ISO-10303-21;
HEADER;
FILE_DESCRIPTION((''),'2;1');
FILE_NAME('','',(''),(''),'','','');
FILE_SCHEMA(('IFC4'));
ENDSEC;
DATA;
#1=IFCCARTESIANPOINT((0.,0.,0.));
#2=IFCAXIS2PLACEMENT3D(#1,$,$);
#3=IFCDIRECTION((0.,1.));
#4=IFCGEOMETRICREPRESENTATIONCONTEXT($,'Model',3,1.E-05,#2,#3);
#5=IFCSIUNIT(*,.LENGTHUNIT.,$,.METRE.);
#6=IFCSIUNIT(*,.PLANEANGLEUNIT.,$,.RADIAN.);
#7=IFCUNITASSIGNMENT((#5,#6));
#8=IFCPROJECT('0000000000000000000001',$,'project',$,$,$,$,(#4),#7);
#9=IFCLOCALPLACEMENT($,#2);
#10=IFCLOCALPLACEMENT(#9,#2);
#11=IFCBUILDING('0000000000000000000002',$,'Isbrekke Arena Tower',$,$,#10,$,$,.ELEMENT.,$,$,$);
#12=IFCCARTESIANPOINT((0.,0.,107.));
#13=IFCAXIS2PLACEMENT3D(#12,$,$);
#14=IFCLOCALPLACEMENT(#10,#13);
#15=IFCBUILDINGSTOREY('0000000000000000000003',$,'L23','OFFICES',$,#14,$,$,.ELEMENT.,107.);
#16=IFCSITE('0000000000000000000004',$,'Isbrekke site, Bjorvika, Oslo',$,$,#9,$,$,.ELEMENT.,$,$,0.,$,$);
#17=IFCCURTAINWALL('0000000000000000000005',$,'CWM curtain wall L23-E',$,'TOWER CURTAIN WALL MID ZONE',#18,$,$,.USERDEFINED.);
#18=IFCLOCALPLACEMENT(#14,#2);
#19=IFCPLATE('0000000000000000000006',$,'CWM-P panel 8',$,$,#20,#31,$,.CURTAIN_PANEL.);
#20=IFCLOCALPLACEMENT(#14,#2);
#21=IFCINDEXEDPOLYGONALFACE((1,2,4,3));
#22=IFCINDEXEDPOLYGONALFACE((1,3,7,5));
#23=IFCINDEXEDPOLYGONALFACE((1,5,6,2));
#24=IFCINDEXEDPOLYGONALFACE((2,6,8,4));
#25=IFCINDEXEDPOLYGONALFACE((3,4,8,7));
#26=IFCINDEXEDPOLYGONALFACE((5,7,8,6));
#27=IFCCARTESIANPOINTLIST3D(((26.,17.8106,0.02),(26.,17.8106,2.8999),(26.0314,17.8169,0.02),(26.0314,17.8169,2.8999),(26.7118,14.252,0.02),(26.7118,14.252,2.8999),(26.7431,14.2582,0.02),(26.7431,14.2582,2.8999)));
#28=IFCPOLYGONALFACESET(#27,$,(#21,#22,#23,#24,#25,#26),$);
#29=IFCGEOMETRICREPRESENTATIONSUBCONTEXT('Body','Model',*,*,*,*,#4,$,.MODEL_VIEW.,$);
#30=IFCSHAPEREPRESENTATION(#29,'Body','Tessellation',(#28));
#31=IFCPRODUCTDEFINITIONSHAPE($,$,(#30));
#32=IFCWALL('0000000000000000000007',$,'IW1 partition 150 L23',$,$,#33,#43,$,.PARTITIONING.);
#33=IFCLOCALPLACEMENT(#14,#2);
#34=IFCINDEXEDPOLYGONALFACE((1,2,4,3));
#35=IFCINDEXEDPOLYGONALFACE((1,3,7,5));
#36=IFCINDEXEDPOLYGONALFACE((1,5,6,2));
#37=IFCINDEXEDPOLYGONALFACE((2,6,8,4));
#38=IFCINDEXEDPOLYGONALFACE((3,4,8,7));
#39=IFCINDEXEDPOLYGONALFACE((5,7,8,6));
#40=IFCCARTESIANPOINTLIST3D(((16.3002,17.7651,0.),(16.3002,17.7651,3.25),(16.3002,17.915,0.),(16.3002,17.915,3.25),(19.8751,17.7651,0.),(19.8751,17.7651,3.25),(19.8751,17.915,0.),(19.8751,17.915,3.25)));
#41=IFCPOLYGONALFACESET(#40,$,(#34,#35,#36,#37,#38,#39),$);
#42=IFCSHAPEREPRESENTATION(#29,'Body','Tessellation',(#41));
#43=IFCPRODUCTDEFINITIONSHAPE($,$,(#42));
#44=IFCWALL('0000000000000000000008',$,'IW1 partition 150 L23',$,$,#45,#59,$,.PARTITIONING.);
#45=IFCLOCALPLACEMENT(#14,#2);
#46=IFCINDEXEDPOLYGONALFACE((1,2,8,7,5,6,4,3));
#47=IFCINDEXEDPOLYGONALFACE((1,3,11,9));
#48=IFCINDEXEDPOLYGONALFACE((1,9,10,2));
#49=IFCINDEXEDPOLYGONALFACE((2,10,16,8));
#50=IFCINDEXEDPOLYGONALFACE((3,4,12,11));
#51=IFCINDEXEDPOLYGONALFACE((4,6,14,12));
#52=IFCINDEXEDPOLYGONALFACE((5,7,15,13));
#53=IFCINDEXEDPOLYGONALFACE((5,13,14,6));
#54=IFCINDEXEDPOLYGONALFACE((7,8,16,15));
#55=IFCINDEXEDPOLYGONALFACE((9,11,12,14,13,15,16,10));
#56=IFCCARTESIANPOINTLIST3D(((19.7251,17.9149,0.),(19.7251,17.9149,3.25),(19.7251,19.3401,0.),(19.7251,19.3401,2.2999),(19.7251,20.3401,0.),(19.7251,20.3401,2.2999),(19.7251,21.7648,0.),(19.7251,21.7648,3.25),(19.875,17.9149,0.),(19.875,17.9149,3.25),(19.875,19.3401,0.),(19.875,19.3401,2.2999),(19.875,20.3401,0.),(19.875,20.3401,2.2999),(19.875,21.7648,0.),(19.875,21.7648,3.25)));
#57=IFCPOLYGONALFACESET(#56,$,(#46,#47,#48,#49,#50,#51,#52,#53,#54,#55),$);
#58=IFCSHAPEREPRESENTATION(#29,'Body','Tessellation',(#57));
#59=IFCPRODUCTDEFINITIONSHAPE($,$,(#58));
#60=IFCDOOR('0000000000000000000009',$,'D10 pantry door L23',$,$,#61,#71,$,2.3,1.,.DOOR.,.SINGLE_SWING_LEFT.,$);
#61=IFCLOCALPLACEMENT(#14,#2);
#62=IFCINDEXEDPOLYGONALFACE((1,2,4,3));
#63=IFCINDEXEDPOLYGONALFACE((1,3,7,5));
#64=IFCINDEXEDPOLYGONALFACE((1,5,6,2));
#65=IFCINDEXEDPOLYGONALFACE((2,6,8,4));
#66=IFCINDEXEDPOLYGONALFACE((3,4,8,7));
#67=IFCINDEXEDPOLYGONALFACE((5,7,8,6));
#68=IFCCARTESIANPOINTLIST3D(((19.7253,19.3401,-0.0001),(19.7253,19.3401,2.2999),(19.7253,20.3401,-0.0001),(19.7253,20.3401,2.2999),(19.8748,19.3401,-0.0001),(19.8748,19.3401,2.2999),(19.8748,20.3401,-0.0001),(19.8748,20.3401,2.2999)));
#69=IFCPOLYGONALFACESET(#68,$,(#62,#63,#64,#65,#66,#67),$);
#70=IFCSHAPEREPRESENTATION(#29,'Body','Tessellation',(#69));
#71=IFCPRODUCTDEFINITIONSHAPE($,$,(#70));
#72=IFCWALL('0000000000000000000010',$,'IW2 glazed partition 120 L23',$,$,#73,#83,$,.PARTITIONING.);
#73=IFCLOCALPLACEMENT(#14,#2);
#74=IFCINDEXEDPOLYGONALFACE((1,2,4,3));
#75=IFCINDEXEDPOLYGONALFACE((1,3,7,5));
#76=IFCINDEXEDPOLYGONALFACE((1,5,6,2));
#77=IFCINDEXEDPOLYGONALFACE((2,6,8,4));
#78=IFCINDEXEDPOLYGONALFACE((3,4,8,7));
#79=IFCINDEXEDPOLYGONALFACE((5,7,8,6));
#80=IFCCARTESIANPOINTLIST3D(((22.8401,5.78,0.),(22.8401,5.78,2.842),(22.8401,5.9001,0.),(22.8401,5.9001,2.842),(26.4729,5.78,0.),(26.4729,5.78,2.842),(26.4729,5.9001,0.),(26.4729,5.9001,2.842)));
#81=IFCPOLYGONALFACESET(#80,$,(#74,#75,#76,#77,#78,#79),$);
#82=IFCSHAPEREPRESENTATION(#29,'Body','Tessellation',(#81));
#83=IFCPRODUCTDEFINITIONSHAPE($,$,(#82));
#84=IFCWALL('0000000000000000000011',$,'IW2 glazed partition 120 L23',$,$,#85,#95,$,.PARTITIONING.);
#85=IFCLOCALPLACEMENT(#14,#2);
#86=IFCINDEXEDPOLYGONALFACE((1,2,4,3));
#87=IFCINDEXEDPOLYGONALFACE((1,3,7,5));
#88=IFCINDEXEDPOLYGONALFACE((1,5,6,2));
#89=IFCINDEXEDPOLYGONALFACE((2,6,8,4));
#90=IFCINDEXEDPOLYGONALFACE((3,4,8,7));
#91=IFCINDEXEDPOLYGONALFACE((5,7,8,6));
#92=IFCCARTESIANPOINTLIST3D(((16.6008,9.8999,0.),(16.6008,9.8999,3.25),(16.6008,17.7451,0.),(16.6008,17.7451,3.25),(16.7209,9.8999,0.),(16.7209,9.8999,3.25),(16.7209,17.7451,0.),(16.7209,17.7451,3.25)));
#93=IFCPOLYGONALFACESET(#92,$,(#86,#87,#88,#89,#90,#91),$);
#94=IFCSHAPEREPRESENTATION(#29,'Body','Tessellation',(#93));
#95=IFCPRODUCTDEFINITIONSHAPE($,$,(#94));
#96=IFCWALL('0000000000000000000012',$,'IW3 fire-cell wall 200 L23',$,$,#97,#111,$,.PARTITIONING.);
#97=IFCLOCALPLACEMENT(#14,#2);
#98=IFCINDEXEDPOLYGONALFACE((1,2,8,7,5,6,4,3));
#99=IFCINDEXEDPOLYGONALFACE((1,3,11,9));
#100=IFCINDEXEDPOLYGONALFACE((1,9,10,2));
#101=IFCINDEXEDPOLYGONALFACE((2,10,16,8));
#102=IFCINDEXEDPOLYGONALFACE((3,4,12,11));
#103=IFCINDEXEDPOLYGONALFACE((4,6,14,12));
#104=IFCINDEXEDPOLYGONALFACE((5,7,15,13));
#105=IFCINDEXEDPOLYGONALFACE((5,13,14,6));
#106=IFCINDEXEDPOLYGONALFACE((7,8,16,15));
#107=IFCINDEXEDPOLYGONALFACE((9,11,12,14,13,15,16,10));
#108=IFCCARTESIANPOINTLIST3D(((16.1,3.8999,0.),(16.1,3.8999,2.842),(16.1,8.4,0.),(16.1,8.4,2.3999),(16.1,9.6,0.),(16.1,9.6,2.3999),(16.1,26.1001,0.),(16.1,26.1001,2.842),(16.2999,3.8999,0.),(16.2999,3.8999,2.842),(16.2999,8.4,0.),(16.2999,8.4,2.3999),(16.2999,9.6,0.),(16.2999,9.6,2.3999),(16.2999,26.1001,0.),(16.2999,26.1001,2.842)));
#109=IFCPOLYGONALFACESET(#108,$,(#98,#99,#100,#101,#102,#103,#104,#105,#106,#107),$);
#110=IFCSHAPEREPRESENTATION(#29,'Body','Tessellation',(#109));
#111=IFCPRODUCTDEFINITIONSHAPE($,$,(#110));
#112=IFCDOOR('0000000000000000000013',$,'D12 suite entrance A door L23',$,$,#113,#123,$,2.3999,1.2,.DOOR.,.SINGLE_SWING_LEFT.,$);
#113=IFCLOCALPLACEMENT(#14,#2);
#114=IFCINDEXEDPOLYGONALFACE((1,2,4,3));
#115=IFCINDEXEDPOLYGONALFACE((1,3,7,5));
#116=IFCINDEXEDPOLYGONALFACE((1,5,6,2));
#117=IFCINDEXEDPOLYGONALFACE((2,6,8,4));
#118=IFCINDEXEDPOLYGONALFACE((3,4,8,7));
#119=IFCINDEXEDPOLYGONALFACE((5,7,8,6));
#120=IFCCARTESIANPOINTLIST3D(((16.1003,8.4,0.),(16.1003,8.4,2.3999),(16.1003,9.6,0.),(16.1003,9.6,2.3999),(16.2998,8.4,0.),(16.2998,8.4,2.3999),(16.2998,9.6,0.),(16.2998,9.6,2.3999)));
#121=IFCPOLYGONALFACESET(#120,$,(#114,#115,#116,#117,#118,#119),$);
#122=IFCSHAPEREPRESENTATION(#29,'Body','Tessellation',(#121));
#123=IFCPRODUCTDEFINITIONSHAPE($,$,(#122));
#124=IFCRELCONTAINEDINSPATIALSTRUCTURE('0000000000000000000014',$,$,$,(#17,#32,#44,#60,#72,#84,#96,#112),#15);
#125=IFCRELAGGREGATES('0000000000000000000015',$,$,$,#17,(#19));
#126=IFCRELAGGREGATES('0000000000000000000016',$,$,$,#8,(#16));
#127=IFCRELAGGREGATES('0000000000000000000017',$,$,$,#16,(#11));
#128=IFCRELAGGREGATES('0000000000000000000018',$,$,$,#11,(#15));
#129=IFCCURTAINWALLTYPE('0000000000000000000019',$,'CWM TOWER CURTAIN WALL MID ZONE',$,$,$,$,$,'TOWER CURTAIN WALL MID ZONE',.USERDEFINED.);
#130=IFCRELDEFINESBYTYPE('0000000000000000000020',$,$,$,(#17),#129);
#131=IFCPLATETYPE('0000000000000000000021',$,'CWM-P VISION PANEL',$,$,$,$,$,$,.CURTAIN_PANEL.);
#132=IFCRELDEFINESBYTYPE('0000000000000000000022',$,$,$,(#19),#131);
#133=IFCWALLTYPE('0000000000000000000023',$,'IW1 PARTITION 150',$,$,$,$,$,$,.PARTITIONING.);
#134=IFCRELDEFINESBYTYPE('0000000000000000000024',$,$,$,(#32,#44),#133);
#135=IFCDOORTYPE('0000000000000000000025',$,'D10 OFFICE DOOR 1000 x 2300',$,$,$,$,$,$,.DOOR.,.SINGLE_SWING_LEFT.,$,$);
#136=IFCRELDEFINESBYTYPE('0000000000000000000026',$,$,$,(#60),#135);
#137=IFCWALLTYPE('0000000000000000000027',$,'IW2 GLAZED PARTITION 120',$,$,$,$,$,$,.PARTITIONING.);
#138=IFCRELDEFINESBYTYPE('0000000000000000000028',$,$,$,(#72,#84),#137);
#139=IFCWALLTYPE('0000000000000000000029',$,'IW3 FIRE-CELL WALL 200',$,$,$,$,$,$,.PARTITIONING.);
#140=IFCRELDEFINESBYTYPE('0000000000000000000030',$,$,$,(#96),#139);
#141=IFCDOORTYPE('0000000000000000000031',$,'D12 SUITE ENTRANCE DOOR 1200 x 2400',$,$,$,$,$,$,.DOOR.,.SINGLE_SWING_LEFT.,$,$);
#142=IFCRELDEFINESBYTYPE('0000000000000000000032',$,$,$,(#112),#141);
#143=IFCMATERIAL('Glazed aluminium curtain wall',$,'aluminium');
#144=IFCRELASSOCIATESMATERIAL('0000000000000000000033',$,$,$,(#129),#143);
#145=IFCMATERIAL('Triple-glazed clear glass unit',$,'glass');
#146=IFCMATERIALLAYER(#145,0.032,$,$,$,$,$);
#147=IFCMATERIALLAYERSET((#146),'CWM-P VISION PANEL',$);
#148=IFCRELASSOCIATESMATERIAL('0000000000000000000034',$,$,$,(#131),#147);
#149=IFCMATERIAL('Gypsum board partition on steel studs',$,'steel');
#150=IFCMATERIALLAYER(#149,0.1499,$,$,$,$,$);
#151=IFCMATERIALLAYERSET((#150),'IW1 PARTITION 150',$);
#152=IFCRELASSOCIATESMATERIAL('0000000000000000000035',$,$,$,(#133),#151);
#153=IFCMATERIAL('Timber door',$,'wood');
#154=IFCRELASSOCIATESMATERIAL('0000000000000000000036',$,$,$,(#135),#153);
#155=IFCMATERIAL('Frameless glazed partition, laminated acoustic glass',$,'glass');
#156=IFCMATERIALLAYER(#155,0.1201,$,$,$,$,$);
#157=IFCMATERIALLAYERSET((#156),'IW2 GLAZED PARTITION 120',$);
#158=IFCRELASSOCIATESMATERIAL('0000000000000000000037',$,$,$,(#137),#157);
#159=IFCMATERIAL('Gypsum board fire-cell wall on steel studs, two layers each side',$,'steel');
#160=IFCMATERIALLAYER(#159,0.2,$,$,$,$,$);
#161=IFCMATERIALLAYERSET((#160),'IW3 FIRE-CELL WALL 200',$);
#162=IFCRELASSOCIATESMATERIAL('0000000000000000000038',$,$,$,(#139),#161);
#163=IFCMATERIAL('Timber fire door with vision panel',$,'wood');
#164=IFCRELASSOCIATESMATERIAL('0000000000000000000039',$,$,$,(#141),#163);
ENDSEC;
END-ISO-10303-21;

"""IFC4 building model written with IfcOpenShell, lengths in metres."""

from ifc_helpers import new_model, si_unit, direction, frame, frame_2d, origin, origin_2d, place, context, subcontext, project, spatial, rectangle, extrude, material, layer, layer_set, type_object, element, fill, aggregate, save


model = new_model("IFC4")

# Units and contexts
model_context = context("Model", 3, precision=1e-05, world=origin(), true_north=direction((0.0, 1.0)))
body_context = subcontext(model_context, "Body", "Model", "MODEL_VIEW")
ifc_project = project(units=[si_unit("LENGTHUNIT", "METRE"), si_unit("PLANEANGLEUNIT", "RADIAN")], contexts=[model_context])

# Site, building, storey
site_placement = place(None, origin())
site = spatial("IfcSite", under=ifc_project, at=site_placement, Name="Isbrekke site, Bjorvika, Oslo", CompositionType="ELEMENT", RefElevation=0.0)
building_placement = place(site_placement, origin())
building = spatial("IfcBuilding", under=site, at=building_placement, Name="Isbrekke Arena Tower", CompositionType="ELEMENT")
storey_placement = place(building_placement, frame((0.0, 0.0, 107.0)))
storey = spatial("IfcBuildingStorey", under=building, at=storey_placement, Name="L23", Description="OFFICES", CompositionType="ELEMENT", Elevation=107.0)

# Curtain wall
ifc_material_1 = material(Name="Glazed aluminium curtain wall", Category="aluminium")
curtain_wall_type = type_object("IfcCurtainWallType", Name="CWM TOWER CURTAIN WALL MID ZONE", ElementType="TOWER CURTAIN WALL MID ZONE", PredefinedType="USERDEFINED", material=ifc_material_1)
curtain_wall_placement = place(storey_placement, origin())
curtain_wall = element("IfcCurtainWall", 1, at=curtain_wall_placement, inside=storey, type_object=curtain_wall_type, Name="CWM curtain wall L23-E", ObjectType="TOWER CURTAIN WALL MID ZONE", PredefinedType="USERDEFINED")

# Plate
ifc_material_2 = material(Name="Triple-glazed clear glass unit", Category="glass")
ifc_layer_1 = layer(ifc_material_2, 0.032)
ifc_layer_set_1 = layer_set([ifc_layer_1], Name="CWM-P VISION PANEL")
plate_type = type_object("IfcPlateType", Name="CWM-P VISION PANEL", PredefinedType="CURTAIN_PANEL", material=ifc_layer_set_1)
plate_1_placement = place(storey_placement, frame((26.3716, 16.0344, 0.02), z_axis=(0.0, 0.0, 1.0), x_axis=(-0.196116, 0.980581, 0.0)))
plate_1 = element("IfcPlate", 2, at=plate_1_placement, type_object=plate_type, Name="CWM-P panel 8", PredefinedType="CURTAIN_PANEL", context=body_context, shape_type="SweptSolid", body=[
    extrude(rectangle(XDim=3.6292, YDim=0.032, at=origin_2d()), origin(), (0.0, 0.0, 1.0), 2.8799),
])
aggregate(curtain_wall, [plate_1])

# Wall
ifc_material_3 = material(Name="Gypsum board partition on steel studs", Category="steel")
ifc_layer_2 = layer(ifc_material_3, 0.1499)
ifc_layer_set_2 = layer_set([ifc_layer_2], Name="IW1 PARTITION 150")
wall_type_1 = type_object("IfcWallType", Name="IW1 PARTITION 150", PredefinedType="PARTITIONING", material=ifc_layer_set_2)
wall_1_placement = place(storey_placement, frame((16.3, 17.8401, 0.0), z_axis=(0.0, 0.0, 1.0), x_axis=(1.0, 0.0, 0.0)))
element("IfcWall", 3, at=wall_1_placement, inside=storey, type_object=wall_type_1, Name="IW1 partition 150 L23", PredefinedType="PARTITIONING", context=body_context, shape_type="SweptSolid", body=[
    extrude(rectangle(XDim=3.575, YDim=0.1499, at=frame_2d((1.7876, 0.0))), origin(), (0.0, 0.0, 1.0), 3.25),
])

# Wall, opening, door
wall_2_placement = place(storey_placement, frame((19.8, 17.915, 0.0), z_axis=(0.0, 0.0, 1.0), x_axis=(0.0, 1.0, 0.0)))
wall_2 = element("IfcWall", 4, at=wall_2_placement, inside=storey, type_object=wall_type_1, Name="IW1 partition 150 L23", PredefinedType="PARTITIONING", context=body_context, shape_type="SweptSolid", body=[
    extrude(rectangle(XDim=3.8499, YDim=0.1499, at=frame_2d((1.9248, 0.0))), origin(), (0.0, 0.0, 1.0), 3.25),
])
opening_1_placement = place(wall_2_placement, frame((1.425, 0.0, 0.0)))
opening_1 = element("IfcOpeningElement", 5, at=opening_1_placement, cuts=wall_2, PredefinedType="OPENING", context=body_context, shape_type="SweptSolid", body=[
    extrude(rectangle(XDim=1.0, YDim=2.3, at=frame_2d((0.5, 1.1499))), frame((0.0, 0.0898, 0.0), z_axis=(0.0, -1.0, 0.0), x_axis=(1.0, 0.0, 0.0)), (0.0, 0.0, 1.0), 0.1797),
])
ifc_material_4 = material(Name="Timber door", Category="wood")
door_type_1 = type_object("IfcDoorType", Name="D10 OFFICE DOOR 1000 x 2300", OperationType="SINGLE_SWING_LEFT", PredefinedType="DOOR", material=ifc_material_4)
door_1_placement = place(opening_1_placement, origin())
door_1 = element("IfcDoor", 6, at=door_1_placement, inside=storey, type_object=door_type_1, Name="D10 pantry door L23", OperationType="SINGLE_SWING_LEFT", OverallHeight=2.3, OverallWidth=1.0, PredefinedType="DOOR", context=body_context, shape_type="SweptSolid", body=[
    extrude(rectangle(XDim=1.0, YDim=2.3, at=frame_2d((0.5, 1.1499))), frame((0.0, 0.0747, 0.0), z_axis=(0.0, -1.0, 0.0), x_axis=(1.0, 0.0, 0.0)), (0.0, 0.0, 1.0), 0.1494),
])
fill(opening_1, door_1)

# Walls
ifc_material_5 = material(Name="Frameless glazed partition, laminated acoustic glass", Category="glass")
ifc_layer_3 = layer(ifc_material_5, 0.1201)
ifc_layer_set_3 = layer_set([ifc_layer_3], Name="IW2 GLAZED PARTITION 120")
wall_type_2 = type_object("IfcWallType", Name="IW2 GLAZED PARTITION 120", PredefinedType="PARTITIONING", material=ifc_layer_set_3)
wall_3_placement = place(storey_placement, frame((22.8401, 5.8401, 0.0), z_axis=(0.0, 0.0, 1.0), x_axis=(1.0, 0.0, 0.0)))
element("IfcWall", 7, at=wall_3_placement, inside=storey, type_object=wall_type_2, Name="IW2 glazed partition 120 L23", PredefinedType="PARTITIONING", context=body_context, shape_type="SweptSolid", body=[
    extrude(rectangle(XDim=3.6328, YDim=0.1201, at=frame_2d((1.8164, 0.0))), origin(), (0.0, 0.0, 1.0), 2.842),
])
wall_4_placement = place(storey_placement, frame((16.6609, 9.8999, 0.0), z_axis=(0.0, 0.0, 1.0), x_axis=(0.0, 1.0, 0.0)))
element("IfcWall", 8, at=wall_4_placement, inside=storey, type_object=wall_type_2, Name="IW2 glazed partition 120 L23", PredefinedType="PARTITIONING", context=body_context, shape_type="SweptSolid", body=[
    extrude(rectangle(XDim=7.8452, YDim=0.1201, at=frame_2d((3.9226, 0.0))), origin(), (0.0, 0.0, 1.0), 3.25),
])

# Wall, opening, door
ifc_material_6 = material(Name="Gypsum board fire-cell wall on steel studs, two layers each side", Category="steel")
ifc_layer_4 = layer(ifc_material_6, 0.2)
ifc_layer_set_4 = layer_set([ifc_layer_4], Name="IW3 FIRE-CELL WALL 200")
wall_type_3 = type_object("IfcWallType", Name="IW3 FIRE-CELL WALL 200", PredefinedType="PARTITIONING", material=ifc_layer_set_4)
wall_5_placement = place(storey_placement, frame((16.2, 3.8999, 0.0), z_axis=(0.0, 0.0, 1.0), x_axis=(0.0, 1.0, 0.0)))
wall_5 = element("IfcWall", 9, at=wall_5_placement, inside=storey, type_object=wall_type_3, Name="IW3 fire-cell wall 200 L23", PredefinedType="PARTITIONING", context=body_context, shape_type="SweptSolid", body=[
    extrude(rectangle(XDim=22.2002, YDim=0.2, at=frame_2d((11.1001, 0.0))), origin(), (0.0, 0.0, 1.0), 2.842),
])
opening_2_placement = place(wall_5_placement, frame((4.5, 0.0, 0.0)))
opening_2 = element("IfcOpeningElement", 10, at=opening_2_placement, cuts=wall_5, PredefinedType="OPENING", context=body_context, shape_type="SweptSolid", body=[
    extrude(rectangle(XDim=1.2, YDim=2.3999, at=frame_2d((0.6001, 1.2))), frame((0.0, 0.1147, 0.0), z_axis=(0.0, -1.0, 0.0), x_axis=(1.0, 0.0, 0.0)), (0.0, 0.0, 1.0), 0.2297),
])
ifc_material_7 = material(Name="Timber fire door with vision panel", Category="wood")
door_type_2 = type_object("IfcDoorType", Name="D12 SUITE ENTRANCE DOOR 1200 x 2400", OperationType="SINGLE_SWING_LEFT", PredefinedType="DOOR", material=ifc_material_7)
door_2_placement = place(opening_2_placement, origin())
door_2 = element("IfcDoor", 11, at=door_2_placement, inside=storey, type_object=door_type_2, Name="D12 suite entrance A door L23", OperationType="SINGLE_SWING_LEFT", OverallHeight=2.3999, OverallWidth=1.2, PredefinedType="DOOR", context=body_context, shape_type="SweptSolid", body=[
    extrude(rectangle(XDim=1.2, YDim=2.3999, at=frame_2d((0.6001, 1.2))), frame((0.0, 0.0996, 0.0), z_axis=(0.0, -1.0, 0.0), x_axis=(1.0, 0.0, 0.0)), (0.0, 0.0, 1.0), 0.1995),
])
fill(opening_2, door_2)

save(model, "model.ifc")
